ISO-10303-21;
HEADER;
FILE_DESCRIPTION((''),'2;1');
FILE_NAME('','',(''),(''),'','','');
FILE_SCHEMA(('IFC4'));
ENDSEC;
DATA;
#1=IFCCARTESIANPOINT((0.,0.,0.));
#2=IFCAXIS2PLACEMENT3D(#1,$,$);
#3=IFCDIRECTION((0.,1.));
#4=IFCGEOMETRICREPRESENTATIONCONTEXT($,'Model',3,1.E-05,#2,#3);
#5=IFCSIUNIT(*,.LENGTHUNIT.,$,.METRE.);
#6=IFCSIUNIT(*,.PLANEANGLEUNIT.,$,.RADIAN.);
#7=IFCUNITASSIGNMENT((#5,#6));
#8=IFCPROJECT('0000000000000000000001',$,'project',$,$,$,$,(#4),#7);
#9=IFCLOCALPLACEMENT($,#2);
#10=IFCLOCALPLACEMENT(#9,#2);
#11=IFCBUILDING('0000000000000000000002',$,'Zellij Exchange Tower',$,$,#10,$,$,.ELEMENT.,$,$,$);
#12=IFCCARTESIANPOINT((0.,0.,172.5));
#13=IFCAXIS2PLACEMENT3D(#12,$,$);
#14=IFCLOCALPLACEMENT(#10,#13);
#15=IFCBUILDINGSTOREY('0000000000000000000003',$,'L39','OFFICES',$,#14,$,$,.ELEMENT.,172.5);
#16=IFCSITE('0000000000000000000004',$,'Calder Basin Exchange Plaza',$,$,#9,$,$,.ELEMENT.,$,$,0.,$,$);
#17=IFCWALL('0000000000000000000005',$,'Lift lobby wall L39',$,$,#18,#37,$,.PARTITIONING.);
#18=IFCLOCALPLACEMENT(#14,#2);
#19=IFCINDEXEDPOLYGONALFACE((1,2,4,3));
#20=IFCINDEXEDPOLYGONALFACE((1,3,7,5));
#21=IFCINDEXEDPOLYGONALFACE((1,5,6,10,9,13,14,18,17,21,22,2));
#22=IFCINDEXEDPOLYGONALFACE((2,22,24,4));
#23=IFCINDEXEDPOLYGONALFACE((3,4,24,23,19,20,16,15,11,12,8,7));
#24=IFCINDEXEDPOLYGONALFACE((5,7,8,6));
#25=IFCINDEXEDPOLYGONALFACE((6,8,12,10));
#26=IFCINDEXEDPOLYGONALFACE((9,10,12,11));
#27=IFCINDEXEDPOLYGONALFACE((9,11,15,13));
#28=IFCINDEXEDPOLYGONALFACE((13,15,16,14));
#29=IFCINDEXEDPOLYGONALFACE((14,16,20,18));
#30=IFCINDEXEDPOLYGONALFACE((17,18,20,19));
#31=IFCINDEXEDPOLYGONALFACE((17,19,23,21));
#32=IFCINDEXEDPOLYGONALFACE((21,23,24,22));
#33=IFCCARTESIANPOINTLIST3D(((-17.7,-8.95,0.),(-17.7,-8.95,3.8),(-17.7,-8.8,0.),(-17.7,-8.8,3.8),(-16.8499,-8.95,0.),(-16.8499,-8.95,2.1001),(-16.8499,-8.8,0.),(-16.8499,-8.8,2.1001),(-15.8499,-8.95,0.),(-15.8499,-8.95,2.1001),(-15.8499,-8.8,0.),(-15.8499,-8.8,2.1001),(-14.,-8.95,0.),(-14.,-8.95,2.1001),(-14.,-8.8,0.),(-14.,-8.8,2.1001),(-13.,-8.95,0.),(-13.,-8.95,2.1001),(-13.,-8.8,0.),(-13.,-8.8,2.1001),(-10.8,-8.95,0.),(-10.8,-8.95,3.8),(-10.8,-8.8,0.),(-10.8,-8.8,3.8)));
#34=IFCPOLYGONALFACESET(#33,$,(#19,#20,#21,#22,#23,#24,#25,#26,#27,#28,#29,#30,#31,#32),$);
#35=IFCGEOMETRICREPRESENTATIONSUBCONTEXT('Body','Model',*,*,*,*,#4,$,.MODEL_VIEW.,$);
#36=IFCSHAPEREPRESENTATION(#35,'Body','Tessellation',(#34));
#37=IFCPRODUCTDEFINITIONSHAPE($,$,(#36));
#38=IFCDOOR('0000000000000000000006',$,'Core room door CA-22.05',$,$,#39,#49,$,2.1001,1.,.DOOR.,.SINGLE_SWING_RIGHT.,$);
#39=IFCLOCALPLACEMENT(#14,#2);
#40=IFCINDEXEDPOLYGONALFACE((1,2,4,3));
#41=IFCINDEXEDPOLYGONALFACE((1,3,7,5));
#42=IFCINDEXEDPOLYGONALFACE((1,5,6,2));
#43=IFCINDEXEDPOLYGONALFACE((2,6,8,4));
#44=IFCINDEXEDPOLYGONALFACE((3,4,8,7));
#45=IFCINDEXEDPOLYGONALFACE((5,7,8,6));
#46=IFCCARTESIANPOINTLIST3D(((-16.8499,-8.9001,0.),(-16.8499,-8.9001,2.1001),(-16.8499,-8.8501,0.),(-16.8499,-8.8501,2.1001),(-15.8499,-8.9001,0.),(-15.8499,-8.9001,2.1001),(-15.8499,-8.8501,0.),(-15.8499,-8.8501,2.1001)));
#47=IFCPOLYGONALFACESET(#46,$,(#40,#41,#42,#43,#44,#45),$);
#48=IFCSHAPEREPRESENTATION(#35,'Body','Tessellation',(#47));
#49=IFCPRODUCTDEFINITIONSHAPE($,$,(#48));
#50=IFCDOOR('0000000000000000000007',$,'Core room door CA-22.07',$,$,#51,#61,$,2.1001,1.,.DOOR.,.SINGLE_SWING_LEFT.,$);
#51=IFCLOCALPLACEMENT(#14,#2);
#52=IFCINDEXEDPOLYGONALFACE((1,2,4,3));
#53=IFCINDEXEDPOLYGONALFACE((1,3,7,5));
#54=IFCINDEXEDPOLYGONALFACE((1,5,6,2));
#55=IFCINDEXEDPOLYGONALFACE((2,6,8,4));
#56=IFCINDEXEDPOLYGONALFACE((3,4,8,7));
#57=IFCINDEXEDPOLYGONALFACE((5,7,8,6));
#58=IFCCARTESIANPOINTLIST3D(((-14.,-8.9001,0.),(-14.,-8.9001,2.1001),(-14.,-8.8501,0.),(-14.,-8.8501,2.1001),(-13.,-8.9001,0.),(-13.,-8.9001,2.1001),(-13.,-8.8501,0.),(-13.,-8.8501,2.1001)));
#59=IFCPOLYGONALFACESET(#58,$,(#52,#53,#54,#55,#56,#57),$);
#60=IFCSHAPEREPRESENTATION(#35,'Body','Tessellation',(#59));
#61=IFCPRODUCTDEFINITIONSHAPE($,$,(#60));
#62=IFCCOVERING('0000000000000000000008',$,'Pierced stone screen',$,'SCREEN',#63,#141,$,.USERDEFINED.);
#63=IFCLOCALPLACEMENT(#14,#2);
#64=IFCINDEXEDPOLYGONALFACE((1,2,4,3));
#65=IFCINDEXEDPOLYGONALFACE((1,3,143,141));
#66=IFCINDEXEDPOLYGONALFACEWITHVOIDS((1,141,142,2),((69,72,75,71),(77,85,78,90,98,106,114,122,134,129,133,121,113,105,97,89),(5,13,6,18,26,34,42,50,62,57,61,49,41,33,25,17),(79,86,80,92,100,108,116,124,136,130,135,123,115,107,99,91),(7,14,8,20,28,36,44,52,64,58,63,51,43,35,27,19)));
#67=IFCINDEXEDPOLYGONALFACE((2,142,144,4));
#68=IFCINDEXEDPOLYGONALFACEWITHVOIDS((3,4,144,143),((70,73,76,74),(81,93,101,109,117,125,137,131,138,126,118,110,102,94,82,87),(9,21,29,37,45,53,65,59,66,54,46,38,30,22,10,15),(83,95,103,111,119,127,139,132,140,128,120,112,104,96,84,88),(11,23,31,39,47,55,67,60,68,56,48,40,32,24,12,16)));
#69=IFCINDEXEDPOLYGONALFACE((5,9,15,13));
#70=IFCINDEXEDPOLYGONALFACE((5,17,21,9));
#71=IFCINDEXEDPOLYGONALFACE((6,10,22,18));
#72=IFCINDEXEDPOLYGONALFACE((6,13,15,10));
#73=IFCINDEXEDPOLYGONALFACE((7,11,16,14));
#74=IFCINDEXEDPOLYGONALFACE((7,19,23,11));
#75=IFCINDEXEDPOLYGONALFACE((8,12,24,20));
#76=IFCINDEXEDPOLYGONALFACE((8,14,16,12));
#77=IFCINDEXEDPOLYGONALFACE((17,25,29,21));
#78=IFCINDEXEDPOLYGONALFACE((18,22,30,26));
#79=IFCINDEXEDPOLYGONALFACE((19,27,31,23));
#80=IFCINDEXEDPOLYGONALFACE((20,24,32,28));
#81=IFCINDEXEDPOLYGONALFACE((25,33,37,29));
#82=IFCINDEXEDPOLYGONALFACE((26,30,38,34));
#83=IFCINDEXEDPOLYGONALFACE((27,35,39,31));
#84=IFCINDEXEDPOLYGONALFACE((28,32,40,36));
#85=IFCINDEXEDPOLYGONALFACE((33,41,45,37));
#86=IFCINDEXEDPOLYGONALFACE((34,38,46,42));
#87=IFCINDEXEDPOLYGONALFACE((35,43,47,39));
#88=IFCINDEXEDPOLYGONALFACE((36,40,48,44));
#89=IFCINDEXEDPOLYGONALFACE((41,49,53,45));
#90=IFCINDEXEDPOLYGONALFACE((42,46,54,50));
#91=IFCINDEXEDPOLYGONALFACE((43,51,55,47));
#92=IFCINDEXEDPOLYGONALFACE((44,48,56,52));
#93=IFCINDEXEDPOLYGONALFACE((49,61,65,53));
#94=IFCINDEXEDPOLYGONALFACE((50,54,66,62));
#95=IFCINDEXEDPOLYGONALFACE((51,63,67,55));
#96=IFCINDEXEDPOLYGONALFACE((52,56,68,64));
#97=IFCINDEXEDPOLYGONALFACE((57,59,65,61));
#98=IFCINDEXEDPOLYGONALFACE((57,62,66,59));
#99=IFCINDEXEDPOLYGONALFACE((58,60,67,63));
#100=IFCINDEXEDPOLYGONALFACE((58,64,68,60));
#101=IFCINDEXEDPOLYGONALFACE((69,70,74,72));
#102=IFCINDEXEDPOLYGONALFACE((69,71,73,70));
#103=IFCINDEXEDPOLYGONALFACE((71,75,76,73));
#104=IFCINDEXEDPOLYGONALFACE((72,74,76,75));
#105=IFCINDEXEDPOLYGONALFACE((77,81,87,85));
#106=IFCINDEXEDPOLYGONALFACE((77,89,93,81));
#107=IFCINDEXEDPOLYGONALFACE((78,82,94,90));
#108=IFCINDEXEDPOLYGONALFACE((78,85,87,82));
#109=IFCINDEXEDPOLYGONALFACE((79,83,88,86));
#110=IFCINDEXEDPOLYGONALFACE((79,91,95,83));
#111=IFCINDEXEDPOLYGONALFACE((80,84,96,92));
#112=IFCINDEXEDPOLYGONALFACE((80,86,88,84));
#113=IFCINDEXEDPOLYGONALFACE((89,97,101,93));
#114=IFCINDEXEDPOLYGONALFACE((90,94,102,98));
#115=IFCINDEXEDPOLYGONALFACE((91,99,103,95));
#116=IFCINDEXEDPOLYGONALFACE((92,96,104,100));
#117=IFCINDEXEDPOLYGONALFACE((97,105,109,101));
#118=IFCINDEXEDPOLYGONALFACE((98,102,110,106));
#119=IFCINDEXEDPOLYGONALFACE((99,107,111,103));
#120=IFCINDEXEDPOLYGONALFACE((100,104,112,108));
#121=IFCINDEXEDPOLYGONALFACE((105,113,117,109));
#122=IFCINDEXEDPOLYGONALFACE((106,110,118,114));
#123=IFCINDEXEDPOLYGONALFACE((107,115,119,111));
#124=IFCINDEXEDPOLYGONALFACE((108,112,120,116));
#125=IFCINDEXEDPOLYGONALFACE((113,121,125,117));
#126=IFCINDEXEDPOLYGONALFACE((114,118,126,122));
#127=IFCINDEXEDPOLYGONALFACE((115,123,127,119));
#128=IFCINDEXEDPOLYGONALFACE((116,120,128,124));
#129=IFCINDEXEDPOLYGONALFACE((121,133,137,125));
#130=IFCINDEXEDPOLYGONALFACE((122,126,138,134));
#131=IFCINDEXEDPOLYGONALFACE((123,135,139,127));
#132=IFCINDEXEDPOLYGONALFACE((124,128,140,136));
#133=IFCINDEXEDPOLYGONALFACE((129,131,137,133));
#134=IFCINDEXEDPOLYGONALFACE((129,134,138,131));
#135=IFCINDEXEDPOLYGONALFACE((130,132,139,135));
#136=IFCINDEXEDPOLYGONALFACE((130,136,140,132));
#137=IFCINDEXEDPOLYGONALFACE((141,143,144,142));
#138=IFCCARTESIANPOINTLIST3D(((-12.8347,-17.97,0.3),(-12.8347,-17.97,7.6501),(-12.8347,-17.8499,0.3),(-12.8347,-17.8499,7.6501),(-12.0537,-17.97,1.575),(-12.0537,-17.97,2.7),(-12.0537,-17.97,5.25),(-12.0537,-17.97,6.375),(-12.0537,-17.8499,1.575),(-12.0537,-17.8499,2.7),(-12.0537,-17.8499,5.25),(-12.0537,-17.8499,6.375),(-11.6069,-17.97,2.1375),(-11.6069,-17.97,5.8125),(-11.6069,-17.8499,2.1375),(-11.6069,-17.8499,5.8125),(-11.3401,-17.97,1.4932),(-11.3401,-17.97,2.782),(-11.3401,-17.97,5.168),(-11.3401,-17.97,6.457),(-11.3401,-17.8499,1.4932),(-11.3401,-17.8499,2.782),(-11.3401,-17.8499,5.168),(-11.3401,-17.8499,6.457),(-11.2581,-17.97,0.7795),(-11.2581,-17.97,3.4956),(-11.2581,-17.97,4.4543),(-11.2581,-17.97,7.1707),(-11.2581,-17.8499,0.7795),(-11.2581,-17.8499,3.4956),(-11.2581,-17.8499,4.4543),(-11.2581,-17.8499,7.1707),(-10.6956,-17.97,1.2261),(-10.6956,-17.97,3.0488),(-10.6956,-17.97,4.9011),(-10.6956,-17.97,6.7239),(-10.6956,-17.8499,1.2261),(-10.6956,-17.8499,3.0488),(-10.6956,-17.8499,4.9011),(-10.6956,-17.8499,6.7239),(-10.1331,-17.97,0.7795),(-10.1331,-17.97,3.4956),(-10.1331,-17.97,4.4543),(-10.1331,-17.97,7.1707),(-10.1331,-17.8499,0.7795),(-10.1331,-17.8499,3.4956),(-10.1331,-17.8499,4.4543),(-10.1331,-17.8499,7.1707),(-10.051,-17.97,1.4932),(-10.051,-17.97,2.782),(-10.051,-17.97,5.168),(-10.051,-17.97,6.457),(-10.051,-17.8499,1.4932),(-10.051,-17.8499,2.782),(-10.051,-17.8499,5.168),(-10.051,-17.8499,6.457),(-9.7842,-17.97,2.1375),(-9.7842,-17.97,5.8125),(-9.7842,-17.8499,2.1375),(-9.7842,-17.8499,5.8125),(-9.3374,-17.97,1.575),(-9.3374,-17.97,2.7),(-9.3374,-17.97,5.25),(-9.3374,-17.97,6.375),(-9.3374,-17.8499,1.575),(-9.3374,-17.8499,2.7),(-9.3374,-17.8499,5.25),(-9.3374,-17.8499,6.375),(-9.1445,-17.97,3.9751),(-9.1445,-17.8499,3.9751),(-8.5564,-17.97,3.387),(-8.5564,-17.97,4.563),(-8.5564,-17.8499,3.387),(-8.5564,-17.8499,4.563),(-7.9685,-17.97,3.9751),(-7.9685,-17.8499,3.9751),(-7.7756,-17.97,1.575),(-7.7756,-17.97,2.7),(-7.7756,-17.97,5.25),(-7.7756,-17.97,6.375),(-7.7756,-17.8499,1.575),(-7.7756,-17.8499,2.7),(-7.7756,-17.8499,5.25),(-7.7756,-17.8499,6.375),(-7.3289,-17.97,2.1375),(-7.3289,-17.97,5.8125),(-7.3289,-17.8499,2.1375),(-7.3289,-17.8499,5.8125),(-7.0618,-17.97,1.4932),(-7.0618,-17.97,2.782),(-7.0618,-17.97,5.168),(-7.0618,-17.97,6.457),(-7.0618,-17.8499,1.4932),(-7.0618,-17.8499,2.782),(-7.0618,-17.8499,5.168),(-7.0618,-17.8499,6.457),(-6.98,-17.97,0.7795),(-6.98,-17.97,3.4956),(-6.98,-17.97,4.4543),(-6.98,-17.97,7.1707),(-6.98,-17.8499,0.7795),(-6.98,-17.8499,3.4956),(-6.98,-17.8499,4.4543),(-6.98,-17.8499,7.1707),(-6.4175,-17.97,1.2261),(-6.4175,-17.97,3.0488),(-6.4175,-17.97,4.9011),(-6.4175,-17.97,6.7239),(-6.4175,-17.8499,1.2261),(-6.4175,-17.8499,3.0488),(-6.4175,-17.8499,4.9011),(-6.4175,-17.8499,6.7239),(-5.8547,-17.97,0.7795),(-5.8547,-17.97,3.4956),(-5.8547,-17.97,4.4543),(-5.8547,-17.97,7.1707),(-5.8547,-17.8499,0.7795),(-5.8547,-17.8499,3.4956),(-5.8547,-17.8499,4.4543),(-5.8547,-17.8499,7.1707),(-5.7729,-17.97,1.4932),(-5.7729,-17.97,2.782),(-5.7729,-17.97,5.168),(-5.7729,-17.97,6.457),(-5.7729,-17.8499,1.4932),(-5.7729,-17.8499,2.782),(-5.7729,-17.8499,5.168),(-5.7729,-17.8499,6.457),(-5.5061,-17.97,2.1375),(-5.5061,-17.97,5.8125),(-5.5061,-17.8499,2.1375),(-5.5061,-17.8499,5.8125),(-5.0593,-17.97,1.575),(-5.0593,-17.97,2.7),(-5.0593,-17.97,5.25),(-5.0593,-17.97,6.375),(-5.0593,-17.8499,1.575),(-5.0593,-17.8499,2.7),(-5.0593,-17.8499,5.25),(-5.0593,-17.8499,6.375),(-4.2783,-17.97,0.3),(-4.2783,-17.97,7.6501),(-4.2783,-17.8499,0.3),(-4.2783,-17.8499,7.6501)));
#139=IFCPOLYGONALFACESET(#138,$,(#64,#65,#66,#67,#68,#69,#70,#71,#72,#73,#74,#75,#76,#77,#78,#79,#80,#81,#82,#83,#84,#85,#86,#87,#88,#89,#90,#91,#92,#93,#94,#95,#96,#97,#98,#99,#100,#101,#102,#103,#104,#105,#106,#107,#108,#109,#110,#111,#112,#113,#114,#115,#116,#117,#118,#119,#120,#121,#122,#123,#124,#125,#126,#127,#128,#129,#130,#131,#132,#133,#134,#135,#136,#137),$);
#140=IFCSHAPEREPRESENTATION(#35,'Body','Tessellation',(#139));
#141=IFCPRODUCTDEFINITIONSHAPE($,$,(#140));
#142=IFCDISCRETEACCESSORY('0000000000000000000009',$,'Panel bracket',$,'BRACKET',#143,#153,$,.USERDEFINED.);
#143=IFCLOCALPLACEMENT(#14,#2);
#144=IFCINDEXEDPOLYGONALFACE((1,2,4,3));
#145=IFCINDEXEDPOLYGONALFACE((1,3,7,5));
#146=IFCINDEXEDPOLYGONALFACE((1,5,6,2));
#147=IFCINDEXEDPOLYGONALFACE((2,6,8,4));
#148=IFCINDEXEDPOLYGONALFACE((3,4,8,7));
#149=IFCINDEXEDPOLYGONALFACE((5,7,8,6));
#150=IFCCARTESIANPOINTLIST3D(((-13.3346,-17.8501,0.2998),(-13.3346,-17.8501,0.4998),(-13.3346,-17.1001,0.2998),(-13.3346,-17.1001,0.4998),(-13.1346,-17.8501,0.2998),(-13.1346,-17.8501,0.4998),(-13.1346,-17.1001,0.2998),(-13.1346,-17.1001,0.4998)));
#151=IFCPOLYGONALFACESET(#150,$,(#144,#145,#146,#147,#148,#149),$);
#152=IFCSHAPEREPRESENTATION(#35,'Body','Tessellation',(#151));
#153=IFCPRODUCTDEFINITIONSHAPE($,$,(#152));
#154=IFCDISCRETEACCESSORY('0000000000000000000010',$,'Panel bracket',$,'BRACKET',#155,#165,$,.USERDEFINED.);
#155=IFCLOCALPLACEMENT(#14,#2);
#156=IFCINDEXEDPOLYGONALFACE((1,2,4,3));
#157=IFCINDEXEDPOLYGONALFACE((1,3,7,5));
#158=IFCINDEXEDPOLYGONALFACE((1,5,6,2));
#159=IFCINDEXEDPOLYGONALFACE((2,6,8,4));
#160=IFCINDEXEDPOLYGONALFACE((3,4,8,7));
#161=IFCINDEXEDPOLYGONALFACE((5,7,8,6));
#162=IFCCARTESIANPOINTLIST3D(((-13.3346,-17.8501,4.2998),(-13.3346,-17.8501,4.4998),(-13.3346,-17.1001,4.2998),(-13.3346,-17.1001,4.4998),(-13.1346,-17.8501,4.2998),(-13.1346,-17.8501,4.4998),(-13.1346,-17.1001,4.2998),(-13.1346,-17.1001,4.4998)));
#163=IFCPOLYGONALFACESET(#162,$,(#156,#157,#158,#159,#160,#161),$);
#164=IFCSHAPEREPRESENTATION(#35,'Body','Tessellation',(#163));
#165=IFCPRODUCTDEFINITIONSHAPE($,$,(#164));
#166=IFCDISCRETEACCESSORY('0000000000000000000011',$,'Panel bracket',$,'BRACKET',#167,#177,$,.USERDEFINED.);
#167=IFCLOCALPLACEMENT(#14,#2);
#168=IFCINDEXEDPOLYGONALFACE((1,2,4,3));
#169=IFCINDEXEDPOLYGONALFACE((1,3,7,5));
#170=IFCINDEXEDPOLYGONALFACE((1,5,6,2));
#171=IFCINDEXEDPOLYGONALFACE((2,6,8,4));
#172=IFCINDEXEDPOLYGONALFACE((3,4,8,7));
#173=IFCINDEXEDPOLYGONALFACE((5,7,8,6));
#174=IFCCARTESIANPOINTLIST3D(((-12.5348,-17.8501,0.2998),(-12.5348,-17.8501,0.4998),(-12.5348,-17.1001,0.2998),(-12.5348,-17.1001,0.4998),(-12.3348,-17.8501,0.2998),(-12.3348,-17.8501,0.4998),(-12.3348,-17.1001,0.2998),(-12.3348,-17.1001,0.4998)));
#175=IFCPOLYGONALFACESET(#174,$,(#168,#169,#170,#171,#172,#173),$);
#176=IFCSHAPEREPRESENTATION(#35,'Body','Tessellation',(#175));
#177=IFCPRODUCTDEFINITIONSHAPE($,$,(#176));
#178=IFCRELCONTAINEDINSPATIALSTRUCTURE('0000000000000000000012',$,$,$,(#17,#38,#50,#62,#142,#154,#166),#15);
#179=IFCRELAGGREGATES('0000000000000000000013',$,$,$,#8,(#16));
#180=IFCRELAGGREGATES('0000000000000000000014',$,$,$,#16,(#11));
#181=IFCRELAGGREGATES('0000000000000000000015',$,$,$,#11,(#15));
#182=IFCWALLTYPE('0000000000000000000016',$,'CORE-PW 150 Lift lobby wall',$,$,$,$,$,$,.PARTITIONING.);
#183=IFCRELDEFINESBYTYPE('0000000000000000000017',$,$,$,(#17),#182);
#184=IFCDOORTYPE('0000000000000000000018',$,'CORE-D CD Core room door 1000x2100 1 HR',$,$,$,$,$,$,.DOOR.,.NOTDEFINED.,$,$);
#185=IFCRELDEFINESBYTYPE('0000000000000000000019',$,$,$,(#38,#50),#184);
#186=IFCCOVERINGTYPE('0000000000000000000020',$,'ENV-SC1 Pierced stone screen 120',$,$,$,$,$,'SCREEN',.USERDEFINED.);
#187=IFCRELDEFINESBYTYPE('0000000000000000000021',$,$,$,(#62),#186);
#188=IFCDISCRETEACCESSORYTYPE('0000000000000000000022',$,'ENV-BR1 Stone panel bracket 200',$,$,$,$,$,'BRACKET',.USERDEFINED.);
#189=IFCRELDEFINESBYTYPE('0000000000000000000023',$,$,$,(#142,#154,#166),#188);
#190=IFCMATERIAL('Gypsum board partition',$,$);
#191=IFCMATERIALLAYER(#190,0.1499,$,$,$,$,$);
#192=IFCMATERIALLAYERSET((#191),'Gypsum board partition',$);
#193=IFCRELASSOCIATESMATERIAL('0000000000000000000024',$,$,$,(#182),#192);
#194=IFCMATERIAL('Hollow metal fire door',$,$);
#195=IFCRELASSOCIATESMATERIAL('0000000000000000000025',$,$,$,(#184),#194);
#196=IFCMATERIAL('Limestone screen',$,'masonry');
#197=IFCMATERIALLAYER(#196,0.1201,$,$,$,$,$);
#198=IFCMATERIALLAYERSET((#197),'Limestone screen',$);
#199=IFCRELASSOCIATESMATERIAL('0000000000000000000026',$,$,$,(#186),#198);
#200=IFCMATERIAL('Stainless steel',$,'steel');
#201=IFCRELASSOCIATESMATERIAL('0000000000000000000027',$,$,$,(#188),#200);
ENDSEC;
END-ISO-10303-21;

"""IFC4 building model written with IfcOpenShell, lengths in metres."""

from ifc_helpers import new_model, si_unit, direction, frame, frame_2d, origin, origin_2d, place, context, subcontext, project, spatial, polyline, rectangle, outline, extrude, material, layer, layer_set, type_object, element, fill, save


model = new_model("IFC4")

# Units and contexts
model_context = context("Model", 3, precision=1e-05, world=origin(), true_north=direction((0.0, 1.0)))
body_context = subcontext(model_context, "Body", "Model", "MODEL_VIEW")
ifc_project = project(units=[si_unit("LENGTHUNIT", "METRE"), si_unit("PLANEANGLEUNIT", "RADIAN")], contexts=[model_context])

# Site, building, storey
site_placement = place(None, origin())
site = spatial("IfcSite", under=ifc_project, at=site_placement, Name="Calder Basin Exchange Plaza", CompositionType="ELEMENT", RefElevation=0.0)
building_placement = place(site_placement, origin())
building = spatial("IfcBuilding", under=site, at=building_placement, Name="Zellij Exchange Tower", CompositionType="ELEMENT")
storey_placement = place(building_placement, frame((0.0, 0.0, 172.5)))
storey = spatial("IfcBuildingStorey", under=building, at=storey_placement, Name="L39", Description="OFFICES", CompositionType="ELEMENT", Elevation=172.5)

# Shared definitions
ifc_material_1 = material(Name="Gypsum board partition")
ifc_layer_1 = layer(ifc_material_1, 0.1499)
ifc_layer_set_1 = layer_set([ifc_layer_1], Name="Gypsum board partition")
wall_type_1 = type_object("IfcWallType", Name="CORE-PW 150 Lift lobby wall", PredefinedType="PARTITIONING", material=ifc_layer_set_1)
ifc_material_2 = material(Name="Hollow metal fire door")

# Wall, openings, doors
door_type_1 = type_object("IfcDoorType", Name="CORE-D CD Core room door 1000x2100 1 HR", OperationType="NOTDEFINED", PredefinedType="DOOR", material=ifc_material_2)
wall_1_placement = place(storey_placement, frame((-17.7, -8.875, 0.0), z_axis=(0.0, 0.0, 1.0), x_axis=(1.0, 0.0, 0.0)))
wall_1 = element("IfcWall", 1, at=wall_1_placement, inside=storey, type_object=wall_type_1, Name="Lift lobby wall L39", PredefinedType="PARTITIONING", context=body_context, shape_type="SweptSolid", body=[
    extrude(rectangle(XDim=6.8999, YDim=0.1499, at=frame_2d((3.45, 0.0))), origin(), (0.0, 0.0, 1.0), 3.8),
])
opening_1_placement = place(wall_1_placement, frame((0.8501, 0.0, 0.0)))
opening_1 = element("IfcOpeningElement", 2, at=opening_1_placement, cuts=wall_1, PredefinedType="OPENING", context=body_context, shape_type="SweptSolid", body=[
    extrude(rectangle(XDim=1.0, YDim=2.1001, at=frame_2d((0.5, 1.05))), frame((0.0, 0.0869, 0.0), z_axis=(0.0, -1.0, 0.0), x_axis=(1.0, 0.0, 0.0)), (0.0, 0.0, 1.0), 0.1738),
])
opening_2_placement = place(wall_1_placement, frame((3.7, 0.0, 0.0)))
opening_2 = element("IfcOpeningElement", 3, at=opening_2_placement, cuts=wall_1, PredefinedType="OPENING", context=body_context, shape_type="SweptSolid", body=[
    extrude(rectangle(XDim=1.0, YDim=2.1001, at=frame_2d((0.5, 1.05))), frame((0.0, 0.0869, 0.0), z_axis=(0.0, -1.0, 0.0), x_axis=(1.0, 0.0, 0.0)), (0.0, 0.0, 1.0), 0.1738),
])
door_1_placement = place(opening_1_placement, origin())
door_1 = element("IfcDoor", 4, at=door_1_placement, inside=storey, type_object=door_type_1, Name="Core room door CA-22.05", OperationType="SINGLE_SWING_RIGHT", OverallHeight=2.1001, OverallWidth=1.0, PredefinedType="DOOR", context=body_context, shape_type="SweptSolid", body=[
    extrude(rectangle(XDim=1.0, YDim=2.1001, at=frame_2d((0.5, 1.05))), frame((0.0, 0.0249, 0.0), z_axis=(0.0, -1.0, 0.0), x_axis=(1.0, 0.0, 0.0)), (0.0, 0.0, 1.0), 0.05),
])
fill(opening_1, door_1)
door_2_placement = place(opening_2_placement, origin())
door_2 = element("IfcDoor", 5, at=door_2_placement, inside=storey, type_object=door_type_1, Name="Core room door CA-22.07", OperationType="SINGLE_SWING_LEFT", OverallHeight=2.1001, OverallWidth=1.0, PredefinedType="DOOR", context=body_context, shape_type="SweptSolid", body=[
    extrude(rectangle(XDim=1.0, YDim=2.1001, at=frame_2d((0.5, 1.05))), frame((0.0, 0.0249, 0.0), z_axis=(0.0, -1.0, 0.0), x_axis=(1.0, 0.0, 0.0)), (0.0, 0.0, 1.0), 0.05),
])
fill(opening_2, door_2)

# Covering
ifc_material_3 = material(Name="Limestone screen", Category="masonry")
ifc_layer_2 = layer(ifc_material_3, 0.1201)
ifc_layer_set_2 = layer_set([ifc_layer_2], Name="Limestone screen")
covering_type = type_object("IfcCoveringType", Name="ENV-SC1 Pierced stone screen 120", ElementType="SCREEN", PredefinedType="USERDEFINED", material=ifc_layer_set_2)
covering_placement = place(storey_placement, frame((-12.8347, -17.9099, 0.3), z_axis=(0.0, 0.0, 1.0), x_axis=(1.0, 0.0, 0.0)))
element("IfcCovering", 6, at=covering_placement, inside=storey, type_object=covering_type, Name="Pierced stone screen", ObjectType="SCREEN", PredefinedType="USERDEFINED", context=body_context, shape_type="SweptSolid", body=[
    extrude(outline(polyline([(0.0, 0.0), (8.5564, 0.0), (8.5564, 7.3501), (0.0, 7.3501), (0.0, 0.0)]), holes=[polyline([(3.4973, 2.3999), (2.7837, 2.4819), (2.7017, 3.1956), (2.1392, 2.7488), (1.5767, 3.1956), (1.4946, 2.4819), (0.781, 2.3999), (1.2278, 1.8374), (0.781, 1.2749), (1.4946, 1.1931), (1.5767, 0.4795), (2.1392, 0.926), (2.7017, 0.4795), (2.7837, 1.1931), (3.4973, 1.2749), (3.0505, 1.8374), (3.4973, 2.3999)]), polyline([(3.4973, 6.075), (2.7837, 6.157), (2.7017, 6.8706), (2.1392, 6.4238), (1.5767, 6.8706), (1.4946, 6.157), (0.781, 6.075), (1.2278, 5.5125), (0.781, 4.95), (1.4946, 4.8679), (1.5767, 4.1543), (2.1392, 4.6011), (2.7017, 4.1543), (2.7837, 4.8679), (3.4973, 4.95), (3.0505, 5.5125), (3.4973, 6.075)]), polyline([(7.7754, 2.3999), (7.0618, 2.4819), (6.98, 3.1956), (6.4172, 2.7488), (5.8547, 3.1956), (5.7729, 2.4819), (5.0591, 2.3999), (5.5059, 1.8374), (5.0591, 1.2749), (5.7729, 1.1931), (5.8547, 0.4795), (6.4172, 0.926), (6.98, 0.4795), (7.0618, 1.1931), (7.7754, 1.2749), (7.3286, 1.8374), (7.7754, 2.3999)]), polyline([(7.7754, 6.075), (7.0618, 6.157), (6.98, 6.8706), (6.4172, 6.4238), (5.8547, 6.8706), (5.7729, 6.157), (5.0591, 6.075), (5.5059, 5.5125), (5.0591, 4.95), (5.7729, 4.8679), (5.8547, 4.1543), (6.4172, 4.6011), (6.98, 4.1543), (7.0618, 4.8679), (7.7754, 4.95), (7.3286, 5.5125), (7.7754, 6.075)]), polyline([(4.8662, 3.675), (4.2783, 4.2629), (3.6902, 3.675), (4.2783, 3.0869), (4.8662, 3.675)])]), frame((0.0, 0.0601, 0.0), z_axis=(0.0, -1.0, 0.0), x_axis=(1.0, 0.0, 0.0)), (0.0, 0.0, 1.0), 0.1201),
])

# Discrete accessories
ifc_material_4 = material(Name="Stainless steel", Category="steel")
discrete_accessory_type = type_object("IfcDiscreteAccessoryType", Name="ENV-BR1 Stone panel bracket 200", ElementType="BRACKET", PredefinedType="USERDEFINED", material=ifc_material_4)
for number, where, z_axis, x_axis, name in (
    (7, (-13.2346, -17.4751, 0.2998), (0.0, 0.0, 1.0), (1.0, 0.0, 0.0), "Panel bracket"),
    (8, (-13.2346, -17.4751, 4.2998), (0.0, 0.0, 1.0), (1.0, 0.0, 0.0), "Panel bracket"),
    (9, (-12.4348, -17.4751, 0.2998), (0.0, 0.0, 1.0), (1.0, 0.0, 0.0), "Panel bracket"),
):
    element("IfcDiscreteAccessory", number, at=place(storey_placement, frame(where, z_axis=z_axis, x_axis=x_axis)), inside=storey, type_object=discrete_accessory_type, Name=name, ObjectType="BRACKET", PredefinedType="USERDEFINED", context=body_context, shape_type="SweptSolid", body=[
        extrude(rectangle(XDim=0.2, YDim=0.75, at=origin_2d()), origin(), (0.0, 0.0, 1.0), 0.2),
    ])

save(model, "model.ifc")
